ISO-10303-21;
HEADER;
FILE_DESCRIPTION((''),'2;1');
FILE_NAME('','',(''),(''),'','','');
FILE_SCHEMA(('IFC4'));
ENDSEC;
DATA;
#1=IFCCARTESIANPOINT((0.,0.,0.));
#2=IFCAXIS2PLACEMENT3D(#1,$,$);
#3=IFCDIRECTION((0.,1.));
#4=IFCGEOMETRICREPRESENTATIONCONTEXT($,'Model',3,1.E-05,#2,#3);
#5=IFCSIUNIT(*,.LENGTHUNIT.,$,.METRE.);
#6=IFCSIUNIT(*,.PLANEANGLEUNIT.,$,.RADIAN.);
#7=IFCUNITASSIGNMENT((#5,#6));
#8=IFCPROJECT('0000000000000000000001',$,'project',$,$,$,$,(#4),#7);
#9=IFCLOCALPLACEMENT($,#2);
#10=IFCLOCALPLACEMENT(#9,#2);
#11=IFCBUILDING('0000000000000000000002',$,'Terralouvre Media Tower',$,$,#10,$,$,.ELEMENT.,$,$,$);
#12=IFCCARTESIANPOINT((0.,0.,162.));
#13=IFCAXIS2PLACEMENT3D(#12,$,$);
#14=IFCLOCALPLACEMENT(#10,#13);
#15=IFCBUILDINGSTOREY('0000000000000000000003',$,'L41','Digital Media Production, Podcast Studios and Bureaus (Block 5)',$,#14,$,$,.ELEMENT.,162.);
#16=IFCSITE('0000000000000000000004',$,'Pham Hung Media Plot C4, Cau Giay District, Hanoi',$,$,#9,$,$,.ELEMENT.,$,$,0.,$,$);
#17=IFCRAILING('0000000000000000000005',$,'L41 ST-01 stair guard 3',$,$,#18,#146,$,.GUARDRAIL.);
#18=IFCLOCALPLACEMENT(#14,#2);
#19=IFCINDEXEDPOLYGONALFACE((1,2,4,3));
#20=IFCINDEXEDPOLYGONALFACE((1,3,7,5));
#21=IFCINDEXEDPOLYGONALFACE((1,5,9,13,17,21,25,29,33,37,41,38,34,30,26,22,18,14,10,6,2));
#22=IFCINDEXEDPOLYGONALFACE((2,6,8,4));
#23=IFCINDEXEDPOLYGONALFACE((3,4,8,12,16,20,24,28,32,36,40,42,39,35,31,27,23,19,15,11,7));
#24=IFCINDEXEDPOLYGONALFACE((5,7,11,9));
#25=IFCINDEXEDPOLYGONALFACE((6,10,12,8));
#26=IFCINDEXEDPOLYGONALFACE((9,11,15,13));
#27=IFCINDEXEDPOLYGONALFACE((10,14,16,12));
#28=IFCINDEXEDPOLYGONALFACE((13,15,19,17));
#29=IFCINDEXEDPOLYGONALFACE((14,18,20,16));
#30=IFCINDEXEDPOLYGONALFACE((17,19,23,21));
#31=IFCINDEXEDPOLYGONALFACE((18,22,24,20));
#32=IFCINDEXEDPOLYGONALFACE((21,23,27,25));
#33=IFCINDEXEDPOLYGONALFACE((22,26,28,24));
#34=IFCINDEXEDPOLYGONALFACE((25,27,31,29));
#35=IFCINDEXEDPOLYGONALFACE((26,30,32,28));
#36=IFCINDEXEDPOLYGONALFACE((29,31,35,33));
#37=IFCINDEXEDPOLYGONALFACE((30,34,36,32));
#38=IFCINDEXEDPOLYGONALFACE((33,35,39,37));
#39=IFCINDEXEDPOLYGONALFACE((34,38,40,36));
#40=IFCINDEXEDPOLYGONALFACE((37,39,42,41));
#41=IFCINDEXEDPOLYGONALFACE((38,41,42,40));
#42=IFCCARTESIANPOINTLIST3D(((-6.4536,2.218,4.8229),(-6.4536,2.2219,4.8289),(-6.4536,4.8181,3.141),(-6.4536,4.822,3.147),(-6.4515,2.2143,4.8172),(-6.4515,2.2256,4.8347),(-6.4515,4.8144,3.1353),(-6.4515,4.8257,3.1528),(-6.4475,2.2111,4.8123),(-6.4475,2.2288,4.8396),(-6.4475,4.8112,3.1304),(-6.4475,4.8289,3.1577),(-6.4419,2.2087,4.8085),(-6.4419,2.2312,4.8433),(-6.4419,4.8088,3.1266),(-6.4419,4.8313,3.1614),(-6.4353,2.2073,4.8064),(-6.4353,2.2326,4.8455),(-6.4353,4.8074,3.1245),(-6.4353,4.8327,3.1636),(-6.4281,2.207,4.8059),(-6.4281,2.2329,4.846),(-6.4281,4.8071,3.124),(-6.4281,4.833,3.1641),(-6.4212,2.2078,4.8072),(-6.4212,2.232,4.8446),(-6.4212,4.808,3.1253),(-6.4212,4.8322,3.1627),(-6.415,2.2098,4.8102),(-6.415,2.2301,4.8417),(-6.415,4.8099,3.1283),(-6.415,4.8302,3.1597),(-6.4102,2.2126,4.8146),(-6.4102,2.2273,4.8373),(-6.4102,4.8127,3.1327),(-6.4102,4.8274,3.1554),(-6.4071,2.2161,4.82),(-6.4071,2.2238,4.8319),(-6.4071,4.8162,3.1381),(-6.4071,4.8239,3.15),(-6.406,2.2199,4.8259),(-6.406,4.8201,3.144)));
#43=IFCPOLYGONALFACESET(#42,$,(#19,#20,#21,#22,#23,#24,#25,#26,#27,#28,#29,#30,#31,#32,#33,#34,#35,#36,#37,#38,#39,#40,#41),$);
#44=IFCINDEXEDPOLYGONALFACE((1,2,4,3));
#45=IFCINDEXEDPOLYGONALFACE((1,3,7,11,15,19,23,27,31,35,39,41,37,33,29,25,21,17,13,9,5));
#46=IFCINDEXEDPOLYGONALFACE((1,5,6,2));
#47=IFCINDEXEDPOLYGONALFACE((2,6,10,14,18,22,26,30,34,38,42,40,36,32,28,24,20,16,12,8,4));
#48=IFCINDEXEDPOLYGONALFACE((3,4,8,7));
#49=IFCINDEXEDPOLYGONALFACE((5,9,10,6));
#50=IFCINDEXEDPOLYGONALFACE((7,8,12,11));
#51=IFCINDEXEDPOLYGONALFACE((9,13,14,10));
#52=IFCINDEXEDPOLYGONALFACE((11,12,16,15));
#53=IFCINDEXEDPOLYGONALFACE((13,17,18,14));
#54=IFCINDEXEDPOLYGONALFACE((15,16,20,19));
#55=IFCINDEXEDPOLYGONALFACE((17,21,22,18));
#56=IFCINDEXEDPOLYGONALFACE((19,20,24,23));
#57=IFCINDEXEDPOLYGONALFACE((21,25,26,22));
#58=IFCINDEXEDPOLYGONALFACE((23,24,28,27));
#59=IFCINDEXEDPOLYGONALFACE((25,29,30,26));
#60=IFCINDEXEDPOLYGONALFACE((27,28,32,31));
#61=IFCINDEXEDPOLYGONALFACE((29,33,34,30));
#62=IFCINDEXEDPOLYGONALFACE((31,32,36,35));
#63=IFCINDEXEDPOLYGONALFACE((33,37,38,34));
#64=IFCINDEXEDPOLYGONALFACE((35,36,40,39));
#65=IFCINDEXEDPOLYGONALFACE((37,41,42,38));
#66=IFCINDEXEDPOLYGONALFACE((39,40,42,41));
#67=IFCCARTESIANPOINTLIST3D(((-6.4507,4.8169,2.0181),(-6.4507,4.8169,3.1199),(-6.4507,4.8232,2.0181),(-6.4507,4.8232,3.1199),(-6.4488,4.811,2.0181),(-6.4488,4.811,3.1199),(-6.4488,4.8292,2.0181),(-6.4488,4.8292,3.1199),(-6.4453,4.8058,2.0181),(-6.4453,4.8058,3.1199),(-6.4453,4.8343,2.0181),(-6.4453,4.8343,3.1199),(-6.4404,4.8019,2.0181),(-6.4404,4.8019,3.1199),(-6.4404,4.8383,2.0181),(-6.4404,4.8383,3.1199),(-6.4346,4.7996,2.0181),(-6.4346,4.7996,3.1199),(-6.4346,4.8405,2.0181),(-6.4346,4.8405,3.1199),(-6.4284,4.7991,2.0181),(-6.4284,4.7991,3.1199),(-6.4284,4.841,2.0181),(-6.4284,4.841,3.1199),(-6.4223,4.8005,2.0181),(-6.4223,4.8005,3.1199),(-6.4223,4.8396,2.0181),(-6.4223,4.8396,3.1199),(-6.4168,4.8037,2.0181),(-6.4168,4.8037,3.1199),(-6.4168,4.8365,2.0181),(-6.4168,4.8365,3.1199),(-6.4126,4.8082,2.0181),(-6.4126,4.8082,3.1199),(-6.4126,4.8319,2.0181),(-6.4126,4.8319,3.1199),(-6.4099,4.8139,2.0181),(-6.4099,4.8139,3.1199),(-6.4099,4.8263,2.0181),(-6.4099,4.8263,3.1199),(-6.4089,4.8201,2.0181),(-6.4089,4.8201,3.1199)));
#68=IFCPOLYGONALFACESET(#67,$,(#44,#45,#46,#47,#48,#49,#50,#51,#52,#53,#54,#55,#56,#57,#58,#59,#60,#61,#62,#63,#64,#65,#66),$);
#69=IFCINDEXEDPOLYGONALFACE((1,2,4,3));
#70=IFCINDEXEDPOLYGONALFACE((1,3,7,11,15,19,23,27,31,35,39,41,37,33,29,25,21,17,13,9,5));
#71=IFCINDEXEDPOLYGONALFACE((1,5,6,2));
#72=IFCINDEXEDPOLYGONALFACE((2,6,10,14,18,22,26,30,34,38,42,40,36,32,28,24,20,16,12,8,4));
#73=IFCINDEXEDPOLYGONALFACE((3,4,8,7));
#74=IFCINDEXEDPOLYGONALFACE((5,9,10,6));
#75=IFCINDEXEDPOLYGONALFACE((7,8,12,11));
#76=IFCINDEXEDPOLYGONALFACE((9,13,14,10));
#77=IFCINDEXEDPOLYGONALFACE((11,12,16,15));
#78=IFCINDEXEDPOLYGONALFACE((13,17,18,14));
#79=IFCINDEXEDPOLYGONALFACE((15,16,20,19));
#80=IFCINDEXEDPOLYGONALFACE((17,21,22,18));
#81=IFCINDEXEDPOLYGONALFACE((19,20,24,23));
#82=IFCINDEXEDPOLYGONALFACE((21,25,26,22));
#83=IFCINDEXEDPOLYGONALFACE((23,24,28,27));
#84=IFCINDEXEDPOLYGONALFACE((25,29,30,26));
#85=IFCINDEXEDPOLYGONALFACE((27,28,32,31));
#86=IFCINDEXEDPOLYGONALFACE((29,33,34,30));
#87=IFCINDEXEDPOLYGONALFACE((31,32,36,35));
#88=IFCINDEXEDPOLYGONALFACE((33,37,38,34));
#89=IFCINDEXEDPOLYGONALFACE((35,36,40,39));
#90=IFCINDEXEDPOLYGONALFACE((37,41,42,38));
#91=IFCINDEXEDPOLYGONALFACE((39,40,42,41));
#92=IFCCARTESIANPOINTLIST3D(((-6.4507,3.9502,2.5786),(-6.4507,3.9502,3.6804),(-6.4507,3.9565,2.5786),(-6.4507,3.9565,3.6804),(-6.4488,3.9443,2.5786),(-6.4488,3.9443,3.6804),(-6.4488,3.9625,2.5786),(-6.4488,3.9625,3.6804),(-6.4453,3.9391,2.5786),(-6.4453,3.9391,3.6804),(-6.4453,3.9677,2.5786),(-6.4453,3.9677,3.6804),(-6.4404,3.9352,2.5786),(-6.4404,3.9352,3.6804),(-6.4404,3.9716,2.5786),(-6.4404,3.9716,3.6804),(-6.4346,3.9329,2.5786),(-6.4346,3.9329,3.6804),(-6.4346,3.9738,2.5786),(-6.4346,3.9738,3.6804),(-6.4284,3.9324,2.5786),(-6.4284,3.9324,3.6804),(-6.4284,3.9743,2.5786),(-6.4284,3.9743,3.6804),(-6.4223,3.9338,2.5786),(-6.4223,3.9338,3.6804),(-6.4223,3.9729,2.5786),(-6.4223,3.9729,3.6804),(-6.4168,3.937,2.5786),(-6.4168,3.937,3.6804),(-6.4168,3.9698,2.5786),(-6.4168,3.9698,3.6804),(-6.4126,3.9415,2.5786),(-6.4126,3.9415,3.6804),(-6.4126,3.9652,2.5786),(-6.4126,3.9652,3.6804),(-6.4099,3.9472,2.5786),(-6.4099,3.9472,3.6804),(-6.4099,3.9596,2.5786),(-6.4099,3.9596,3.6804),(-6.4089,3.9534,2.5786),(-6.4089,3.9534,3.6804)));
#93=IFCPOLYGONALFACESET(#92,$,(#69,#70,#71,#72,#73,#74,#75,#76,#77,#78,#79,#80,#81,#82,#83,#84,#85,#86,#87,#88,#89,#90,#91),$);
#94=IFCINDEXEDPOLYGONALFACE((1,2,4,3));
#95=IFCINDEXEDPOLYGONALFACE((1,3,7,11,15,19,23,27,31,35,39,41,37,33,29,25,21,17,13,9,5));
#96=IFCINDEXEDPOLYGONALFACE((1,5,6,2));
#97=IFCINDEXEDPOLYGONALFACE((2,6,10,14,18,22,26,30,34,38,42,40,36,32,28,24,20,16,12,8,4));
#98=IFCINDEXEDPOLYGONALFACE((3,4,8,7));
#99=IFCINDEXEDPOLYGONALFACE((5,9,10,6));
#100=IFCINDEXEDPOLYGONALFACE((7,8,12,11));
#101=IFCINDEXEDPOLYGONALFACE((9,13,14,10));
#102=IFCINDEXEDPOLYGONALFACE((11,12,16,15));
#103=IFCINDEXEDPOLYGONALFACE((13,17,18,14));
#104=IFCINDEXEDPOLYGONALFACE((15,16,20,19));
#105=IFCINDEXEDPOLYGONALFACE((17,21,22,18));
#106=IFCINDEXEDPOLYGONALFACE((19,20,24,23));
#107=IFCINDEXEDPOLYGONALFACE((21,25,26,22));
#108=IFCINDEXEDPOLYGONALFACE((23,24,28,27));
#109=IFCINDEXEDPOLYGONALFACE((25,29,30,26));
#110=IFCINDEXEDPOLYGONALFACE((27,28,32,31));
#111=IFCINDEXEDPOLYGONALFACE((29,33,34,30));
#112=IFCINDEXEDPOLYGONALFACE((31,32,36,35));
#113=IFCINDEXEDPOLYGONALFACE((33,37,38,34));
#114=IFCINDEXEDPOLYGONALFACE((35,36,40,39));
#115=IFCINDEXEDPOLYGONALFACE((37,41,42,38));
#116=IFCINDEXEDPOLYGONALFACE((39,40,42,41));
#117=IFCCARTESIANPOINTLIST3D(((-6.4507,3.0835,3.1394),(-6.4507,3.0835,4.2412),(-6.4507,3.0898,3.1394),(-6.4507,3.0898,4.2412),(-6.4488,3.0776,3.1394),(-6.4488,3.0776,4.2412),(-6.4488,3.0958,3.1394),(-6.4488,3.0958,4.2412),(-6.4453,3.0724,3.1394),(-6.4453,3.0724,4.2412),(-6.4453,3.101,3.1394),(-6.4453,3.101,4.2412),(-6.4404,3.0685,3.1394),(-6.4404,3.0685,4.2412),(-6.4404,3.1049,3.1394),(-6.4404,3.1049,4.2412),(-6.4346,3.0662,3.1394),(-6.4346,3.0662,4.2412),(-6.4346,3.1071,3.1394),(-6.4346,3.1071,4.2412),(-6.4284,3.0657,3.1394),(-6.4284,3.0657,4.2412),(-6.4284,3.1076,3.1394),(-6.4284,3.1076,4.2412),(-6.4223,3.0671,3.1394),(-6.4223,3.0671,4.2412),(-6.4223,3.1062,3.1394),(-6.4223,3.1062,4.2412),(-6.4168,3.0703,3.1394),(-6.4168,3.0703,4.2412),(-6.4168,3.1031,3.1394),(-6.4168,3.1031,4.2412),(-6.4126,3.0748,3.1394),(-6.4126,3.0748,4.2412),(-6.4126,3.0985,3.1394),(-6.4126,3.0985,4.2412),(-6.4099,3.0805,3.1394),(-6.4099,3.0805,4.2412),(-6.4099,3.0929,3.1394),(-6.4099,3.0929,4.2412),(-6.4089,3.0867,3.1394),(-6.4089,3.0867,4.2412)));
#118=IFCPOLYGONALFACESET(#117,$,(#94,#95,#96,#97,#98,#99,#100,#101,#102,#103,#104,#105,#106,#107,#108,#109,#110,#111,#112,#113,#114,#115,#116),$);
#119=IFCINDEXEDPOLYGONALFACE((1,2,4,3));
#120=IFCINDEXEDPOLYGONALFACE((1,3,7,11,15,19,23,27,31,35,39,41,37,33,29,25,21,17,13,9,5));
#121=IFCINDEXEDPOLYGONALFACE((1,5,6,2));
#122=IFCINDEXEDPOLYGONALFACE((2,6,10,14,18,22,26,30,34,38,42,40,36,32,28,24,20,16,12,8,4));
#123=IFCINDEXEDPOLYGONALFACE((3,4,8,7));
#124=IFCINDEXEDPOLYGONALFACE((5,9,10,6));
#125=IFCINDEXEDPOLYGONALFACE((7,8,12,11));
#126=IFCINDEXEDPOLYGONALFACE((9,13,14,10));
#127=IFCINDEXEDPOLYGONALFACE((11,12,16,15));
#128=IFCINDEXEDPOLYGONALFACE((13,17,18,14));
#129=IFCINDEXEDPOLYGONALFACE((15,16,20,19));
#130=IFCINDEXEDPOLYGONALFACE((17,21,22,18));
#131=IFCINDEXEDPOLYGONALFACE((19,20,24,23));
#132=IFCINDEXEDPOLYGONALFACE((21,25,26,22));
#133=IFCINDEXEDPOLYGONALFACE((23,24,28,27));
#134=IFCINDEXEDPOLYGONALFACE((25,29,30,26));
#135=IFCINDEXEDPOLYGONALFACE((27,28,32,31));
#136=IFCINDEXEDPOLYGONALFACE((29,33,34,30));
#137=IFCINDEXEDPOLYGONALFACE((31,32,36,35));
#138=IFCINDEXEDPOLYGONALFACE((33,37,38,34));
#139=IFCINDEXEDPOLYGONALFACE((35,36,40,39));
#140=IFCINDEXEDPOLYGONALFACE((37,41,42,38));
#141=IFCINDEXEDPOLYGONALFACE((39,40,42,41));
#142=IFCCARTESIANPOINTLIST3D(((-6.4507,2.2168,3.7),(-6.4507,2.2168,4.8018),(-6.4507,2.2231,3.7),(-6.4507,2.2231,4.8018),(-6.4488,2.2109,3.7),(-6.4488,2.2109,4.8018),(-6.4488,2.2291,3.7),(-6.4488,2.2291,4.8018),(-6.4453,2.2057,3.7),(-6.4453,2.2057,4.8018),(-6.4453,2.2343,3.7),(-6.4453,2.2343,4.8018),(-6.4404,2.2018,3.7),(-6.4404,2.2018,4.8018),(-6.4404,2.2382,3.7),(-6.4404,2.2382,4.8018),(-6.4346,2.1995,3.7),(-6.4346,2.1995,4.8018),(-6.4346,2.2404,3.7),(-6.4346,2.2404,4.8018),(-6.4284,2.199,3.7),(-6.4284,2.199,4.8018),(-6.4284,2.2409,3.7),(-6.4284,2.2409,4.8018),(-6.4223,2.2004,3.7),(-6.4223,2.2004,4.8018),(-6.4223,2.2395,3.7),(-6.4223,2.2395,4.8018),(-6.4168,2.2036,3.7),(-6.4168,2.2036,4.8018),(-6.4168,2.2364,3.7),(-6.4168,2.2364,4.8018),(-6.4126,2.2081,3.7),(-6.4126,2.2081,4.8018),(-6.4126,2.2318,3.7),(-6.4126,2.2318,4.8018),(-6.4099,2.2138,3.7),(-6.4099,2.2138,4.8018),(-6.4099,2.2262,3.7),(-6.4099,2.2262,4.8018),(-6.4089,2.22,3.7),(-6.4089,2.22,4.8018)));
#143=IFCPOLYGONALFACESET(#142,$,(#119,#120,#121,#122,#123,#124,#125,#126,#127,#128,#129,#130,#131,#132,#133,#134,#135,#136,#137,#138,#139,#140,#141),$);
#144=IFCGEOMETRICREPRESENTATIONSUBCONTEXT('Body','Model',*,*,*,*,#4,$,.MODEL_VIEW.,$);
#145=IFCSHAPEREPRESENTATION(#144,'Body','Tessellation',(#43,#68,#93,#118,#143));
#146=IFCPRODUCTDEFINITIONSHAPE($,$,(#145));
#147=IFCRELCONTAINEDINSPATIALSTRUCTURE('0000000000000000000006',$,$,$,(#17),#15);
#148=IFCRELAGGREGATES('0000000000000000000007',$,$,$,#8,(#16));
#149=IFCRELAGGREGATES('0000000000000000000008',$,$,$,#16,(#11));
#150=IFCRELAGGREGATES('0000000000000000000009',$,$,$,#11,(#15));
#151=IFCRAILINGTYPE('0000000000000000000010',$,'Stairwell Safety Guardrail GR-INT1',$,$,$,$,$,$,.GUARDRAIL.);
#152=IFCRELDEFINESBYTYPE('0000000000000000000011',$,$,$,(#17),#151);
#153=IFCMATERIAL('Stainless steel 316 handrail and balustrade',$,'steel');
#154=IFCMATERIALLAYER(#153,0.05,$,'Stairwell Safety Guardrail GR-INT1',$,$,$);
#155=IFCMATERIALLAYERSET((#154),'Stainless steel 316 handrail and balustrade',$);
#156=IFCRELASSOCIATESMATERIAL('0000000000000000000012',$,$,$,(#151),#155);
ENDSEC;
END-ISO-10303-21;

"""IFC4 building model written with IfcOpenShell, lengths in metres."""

from ifc_helpers import new_model, si_unit, direction, frame, origin, origin_2d, place, context, subcontext, project, spatial, circle, extrude, material, layer, layer_set, type_object, element, save


model = new_model("IFC4")

# Units and contexts
model_context = context("Model", 3, precision=1e-05, world=origin(), true_north=direction((0.0, 1.0)))
body_context = subcontext(model_context, "Body", "Model", "MODEL_VIEW")
ifc_project = project(units=[si_unit("LENGTHUNIT", "METRE"), si_unit("PLANEANGLEUNIT", "RADIAN")], contexts=[model_context])

# Site, building, storey
site_placement = place(None, origin())
site = spatial("IfcSite", under=ifc_project, at=site_placement, Name="Pham Hung Media Plot C4, Cau Giay District, Hanoi", CompositionType="ELEMENT", RefElevation=0.0)
building_placement = place(site_placement, origin())
building = spatial("IfcBuilding", under=site, at=building_placement, Name="Terralouvre Media Tower", CompositionType="ELEMENT")
storey_placement = place(building_placement, frame((0.0, 0.0, 162.0)))
storey = spatial("IfcBuildingStorey", under=building, at=storey_placement, Name="L41", Description="Digital Media Production, Podcast Studios and Bureaus (Block 5)", CompositionType="ELEMENT", Elevation=162.0)

# Railing
ifc_material_1 = material(Name="Stainless steel 316 handrail and balustrade", Category="steel")
ifc_layer_1 = layer(ifc_material_1, 0.05, Name="Stairwell Safety Guardrail GR-INT1")
ifc_layer_set_1 = layer_set([ifc_layer_1], Name="Stainless steel 316 handrail and balustrade")
railing_type_1 = type_object("IfcRailingType", Name="Stairwell Safety Guardrail GR-INT1", PredefinedType="GUARDRAIL", material=ifc_layer_set_1)
railing_1_placement = place(storey_placement, frame((-6.4299, 4.8201, 2.0181)))
element("IfcRailing", 1, at=railing_1_placement, inside=storey, type_object=railing_type_1, Name="L41 ST-01 stair guard 3", PredefinedType="GUARDRAIL", context=body_context, shape_type="SweptSolid", body=[
    extrude(circle(Radius=0.0239, at=origin_2d()), frame((0.0, 0.0, 1.126), z_axis=(0.0, -0.839648, 0.54313), x_axis=(1.0, 0.0, 0.0)), (0.0, 0.0, 1.0), 3.0967),
    extrude(circle(Radius=0.021, at=origin_2d()), origin(), (0.0, 0.0, 1.0), 1.1018),
    extrude(circle(Radius=0.021, at=origin_2d()), frame((0.0, -0.8667, 0.5605)), (0.0, 0.0, 1.0), 1.1018),
    extrude(circle(Radius=0.021, at=origin_2d()), frame((0.0, -1.7334, 1.1213)), (0.0, 0.0, 1.0), 1.1018),
    extrude(circle(Radius=0.021, at=origin_2d()), frame((0.0, -2.6001, 1.6819)), (0.0, 0.0, 1.0), 1.1018),
])

save(model, "model.ifc")
